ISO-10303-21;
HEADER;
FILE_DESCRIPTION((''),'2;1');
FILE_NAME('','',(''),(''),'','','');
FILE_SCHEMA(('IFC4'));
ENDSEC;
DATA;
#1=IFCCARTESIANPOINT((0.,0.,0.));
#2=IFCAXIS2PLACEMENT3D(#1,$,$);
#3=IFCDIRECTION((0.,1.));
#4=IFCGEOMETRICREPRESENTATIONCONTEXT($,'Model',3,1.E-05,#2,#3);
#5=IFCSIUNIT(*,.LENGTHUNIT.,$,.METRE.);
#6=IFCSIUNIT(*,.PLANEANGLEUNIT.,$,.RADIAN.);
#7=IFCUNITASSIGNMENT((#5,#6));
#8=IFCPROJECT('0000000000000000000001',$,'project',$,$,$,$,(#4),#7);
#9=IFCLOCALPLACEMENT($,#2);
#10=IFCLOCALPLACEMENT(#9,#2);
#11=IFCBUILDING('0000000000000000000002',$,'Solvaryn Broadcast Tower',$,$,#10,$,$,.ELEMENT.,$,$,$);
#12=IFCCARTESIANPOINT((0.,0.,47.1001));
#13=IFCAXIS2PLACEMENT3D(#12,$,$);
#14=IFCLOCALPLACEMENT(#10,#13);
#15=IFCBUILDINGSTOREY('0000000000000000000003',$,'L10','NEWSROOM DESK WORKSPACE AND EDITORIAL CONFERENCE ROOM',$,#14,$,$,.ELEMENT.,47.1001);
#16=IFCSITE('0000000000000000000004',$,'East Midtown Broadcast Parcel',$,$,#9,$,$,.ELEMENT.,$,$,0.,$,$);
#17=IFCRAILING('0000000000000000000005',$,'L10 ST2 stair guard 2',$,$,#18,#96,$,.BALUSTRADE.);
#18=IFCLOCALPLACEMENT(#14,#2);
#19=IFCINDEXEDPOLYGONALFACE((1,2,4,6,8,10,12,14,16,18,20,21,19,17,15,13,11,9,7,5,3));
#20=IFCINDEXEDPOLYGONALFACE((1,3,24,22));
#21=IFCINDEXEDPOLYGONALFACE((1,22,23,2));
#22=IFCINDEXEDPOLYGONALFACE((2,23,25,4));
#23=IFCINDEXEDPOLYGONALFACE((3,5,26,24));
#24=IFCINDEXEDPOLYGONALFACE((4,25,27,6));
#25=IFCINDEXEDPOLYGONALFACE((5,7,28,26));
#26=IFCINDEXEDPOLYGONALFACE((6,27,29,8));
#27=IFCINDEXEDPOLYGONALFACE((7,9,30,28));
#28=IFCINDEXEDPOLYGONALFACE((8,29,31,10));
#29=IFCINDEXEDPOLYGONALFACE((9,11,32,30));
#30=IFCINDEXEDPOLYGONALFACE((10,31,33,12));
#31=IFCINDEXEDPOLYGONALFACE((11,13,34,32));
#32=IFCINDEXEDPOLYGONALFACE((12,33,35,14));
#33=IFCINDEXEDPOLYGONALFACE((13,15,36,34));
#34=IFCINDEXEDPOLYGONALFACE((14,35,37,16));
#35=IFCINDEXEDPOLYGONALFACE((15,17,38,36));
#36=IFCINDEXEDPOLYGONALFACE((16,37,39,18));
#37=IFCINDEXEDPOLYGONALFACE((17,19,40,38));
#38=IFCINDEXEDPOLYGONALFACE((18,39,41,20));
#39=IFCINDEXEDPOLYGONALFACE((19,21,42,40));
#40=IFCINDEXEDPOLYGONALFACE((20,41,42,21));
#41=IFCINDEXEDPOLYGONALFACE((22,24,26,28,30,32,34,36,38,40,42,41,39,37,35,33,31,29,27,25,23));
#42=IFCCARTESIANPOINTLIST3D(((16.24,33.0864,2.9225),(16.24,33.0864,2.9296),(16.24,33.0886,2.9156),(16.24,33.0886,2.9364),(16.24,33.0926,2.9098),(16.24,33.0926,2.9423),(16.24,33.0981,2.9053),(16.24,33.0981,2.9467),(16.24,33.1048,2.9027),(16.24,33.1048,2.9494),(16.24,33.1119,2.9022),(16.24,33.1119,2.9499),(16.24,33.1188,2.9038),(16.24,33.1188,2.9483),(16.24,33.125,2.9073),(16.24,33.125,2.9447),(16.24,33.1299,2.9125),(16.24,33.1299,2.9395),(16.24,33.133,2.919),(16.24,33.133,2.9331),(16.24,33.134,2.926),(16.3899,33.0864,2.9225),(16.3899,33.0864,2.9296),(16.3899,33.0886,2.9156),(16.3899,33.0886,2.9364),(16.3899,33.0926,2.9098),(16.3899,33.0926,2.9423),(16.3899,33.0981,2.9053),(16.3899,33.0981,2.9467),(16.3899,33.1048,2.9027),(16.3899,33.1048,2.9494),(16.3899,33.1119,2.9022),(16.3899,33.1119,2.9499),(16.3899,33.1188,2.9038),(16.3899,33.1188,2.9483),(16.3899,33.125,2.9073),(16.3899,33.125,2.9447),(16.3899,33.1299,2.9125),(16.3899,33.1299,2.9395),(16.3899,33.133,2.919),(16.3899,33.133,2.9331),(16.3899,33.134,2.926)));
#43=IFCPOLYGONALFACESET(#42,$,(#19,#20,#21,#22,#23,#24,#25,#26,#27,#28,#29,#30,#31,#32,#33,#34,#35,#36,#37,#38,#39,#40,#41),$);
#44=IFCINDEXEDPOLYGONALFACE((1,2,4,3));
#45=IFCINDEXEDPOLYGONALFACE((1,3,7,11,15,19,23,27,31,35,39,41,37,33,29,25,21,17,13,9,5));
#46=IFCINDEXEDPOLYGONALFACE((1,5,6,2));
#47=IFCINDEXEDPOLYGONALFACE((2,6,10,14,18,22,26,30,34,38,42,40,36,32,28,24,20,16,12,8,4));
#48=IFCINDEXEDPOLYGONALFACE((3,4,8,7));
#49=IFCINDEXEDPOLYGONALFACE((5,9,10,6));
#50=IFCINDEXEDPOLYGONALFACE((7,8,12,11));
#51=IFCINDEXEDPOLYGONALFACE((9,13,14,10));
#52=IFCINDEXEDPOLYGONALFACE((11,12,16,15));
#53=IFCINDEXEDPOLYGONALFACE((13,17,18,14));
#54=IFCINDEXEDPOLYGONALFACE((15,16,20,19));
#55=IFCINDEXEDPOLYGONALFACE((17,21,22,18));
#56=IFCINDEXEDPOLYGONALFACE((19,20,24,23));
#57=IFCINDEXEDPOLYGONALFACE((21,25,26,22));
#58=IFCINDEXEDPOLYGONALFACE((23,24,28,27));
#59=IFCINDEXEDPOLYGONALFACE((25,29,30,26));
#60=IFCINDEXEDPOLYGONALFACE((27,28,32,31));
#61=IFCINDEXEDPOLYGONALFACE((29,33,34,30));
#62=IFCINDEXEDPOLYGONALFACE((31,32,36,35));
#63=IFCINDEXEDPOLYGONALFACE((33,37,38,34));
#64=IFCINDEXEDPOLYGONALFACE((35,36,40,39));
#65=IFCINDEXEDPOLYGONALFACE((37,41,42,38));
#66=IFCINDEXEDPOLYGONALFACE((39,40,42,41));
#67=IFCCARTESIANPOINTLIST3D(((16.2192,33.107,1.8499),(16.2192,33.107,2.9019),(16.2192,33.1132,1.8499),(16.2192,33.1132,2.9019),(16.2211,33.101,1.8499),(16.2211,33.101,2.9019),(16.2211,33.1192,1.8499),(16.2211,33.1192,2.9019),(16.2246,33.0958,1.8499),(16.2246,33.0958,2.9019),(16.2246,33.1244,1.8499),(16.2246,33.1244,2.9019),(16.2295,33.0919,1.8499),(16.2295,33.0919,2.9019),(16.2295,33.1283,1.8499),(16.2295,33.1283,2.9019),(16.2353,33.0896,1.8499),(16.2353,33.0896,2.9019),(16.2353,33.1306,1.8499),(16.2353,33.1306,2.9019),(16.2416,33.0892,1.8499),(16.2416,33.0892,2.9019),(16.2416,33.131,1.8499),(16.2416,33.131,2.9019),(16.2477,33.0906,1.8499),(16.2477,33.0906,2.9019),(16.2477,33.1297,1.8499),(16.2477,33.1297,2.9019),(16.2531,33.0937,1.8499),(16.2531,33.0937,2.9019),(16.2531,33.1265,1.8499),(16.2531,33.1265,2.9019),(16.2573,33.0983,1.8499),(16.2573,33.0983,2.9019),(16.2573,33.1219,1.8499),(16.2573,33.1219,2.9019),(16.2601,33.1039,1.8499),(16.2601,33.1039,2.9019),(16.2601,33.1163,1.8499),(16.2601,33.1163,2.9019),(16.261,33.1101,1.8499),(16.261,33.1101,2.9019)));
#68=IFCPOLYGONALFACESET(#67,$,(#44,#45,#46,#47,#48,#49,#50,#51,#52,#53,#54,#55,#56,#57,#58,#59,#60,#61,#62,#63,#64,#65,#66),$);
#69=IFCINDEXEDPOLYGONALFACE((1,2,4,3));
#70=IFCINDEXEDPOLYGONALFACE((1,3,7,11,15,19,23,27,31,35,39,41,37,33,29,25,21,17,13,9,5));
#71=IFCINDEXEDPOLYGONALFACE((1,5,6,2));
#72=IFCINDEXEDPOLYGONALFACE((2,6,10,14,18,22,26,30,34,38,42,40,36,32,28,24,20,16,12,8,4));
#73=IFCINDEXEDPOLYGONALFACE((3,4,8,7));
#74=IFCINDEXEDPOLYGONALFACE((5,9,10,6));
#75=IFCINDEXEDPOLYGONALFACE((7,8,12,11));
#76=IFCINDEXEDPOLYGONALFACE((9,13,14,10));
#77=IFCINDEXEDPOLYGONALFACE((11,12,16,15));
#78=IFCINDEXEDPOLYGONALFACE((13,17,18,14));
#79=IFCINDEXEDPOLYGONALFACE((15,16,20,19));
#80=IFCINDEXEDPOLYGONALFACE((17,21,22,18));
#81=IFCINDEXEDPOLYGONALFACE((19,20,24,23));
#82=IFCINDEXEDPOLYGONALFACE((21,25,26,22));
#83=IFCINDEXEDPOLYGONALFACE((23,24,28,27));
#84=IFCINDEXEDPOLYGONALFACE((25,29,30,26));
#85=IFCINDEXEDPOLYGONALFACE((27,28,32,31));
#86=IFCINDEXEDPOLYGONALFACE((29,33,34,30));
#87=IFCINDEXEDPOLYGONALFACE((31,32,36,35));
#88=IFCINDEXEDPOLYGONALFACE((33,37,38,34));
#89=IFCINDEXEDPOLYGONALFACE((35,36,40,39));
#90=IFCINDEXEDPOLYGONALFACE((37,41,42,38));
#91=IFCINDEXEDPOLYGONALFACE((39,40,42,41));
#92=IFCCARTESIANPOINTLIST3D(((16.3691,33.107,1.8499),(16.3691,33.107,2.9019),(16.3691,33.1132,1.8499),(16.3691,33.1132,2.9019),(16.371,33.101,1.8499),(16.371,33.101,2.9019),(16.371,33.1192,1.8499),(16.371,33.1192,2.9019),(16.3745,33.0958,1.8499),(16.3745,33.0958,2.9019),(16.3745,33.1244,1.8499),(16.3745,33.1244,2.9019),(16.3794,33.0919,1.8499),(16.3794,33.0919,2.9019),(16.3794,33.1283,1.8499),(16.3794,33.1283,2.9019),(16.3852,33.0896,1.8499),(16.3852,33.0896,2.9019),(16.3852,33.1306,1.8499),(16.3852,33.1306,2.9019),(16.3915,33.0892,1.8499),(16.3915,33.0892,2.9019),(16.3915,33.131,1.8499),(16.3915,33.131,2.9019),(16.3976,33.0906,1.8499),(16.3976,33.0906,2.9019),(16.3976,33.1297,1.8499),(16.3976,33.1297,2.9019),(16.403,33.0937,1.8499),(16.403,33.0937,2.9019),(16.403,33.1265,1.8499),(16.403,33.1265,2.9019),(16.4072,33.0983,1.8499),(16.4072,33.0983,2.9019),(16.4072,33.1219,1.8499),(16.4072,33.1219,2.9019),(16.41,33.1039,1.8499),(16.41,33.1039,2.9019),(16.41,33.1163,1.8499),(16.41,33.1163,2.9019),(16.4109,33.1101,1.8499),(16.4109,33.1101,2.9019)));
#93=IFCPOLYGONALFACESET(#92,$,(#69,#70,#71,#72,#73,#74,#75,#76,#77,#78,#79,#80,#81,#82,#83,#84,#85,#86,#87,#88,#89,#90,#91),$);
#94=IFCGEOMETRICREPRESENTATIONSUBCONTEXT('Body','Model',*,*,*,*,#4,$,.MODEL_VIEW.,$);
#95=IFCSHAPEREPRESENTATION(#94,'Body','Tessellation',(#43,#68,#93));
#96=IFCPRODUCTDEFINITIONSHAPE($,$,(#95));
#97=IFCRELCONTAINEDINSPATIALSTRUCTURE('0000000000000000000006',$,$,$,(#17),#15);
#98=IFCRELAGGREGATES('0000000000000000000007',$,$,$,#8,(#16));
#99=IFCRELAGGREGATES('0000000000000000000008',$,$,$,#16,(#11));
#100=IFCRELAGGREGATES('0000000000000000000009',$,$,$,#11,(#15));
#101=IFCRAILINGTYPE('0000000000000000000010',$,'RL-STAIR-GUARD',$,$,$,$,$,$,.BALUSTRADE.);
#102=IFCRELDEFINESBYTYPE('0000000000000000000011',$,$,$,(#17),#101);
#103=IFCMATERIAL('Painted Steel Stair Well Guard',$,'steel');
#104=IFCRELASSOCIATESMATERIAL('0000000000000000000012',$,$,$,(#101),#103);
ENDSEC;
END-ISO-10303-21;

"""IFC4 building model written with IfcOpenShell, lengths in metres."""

from ifc_helpers import new_model, si_unit, direction, frame, origin, origin_2d, place, context, subcontext, project, spatial, circle, extrude, material, type_object, element, save


model = new_model("IFC4")

# Units and contexts
model_context = context("Model", 3, precision=1e-05, world=origin(), true_north=direction((0.0, 1.0)))
body_context = subcontext(model_context, "Body", "Model", "MODEL_VIEW")
ifc_project = project(units=[si_unit("LENGTHUNIT", "METRE"), si_unit("PLANEANGLEUNIT", "RADIAN")], contexts=[model_context])

# Site, building, storey
site_placement = place(None, origin())
site = spatial("IfcSite", under=ifc_project, at=site_placement, Name="East Midtown Broadcast Parcel", CompositionType="ELEMENT", RefElevation=0.0)
building_placement = place(site_placement, origin())
building = spatial("IfcBuilding", under=site, at=building_placement, Name="Solvaryn Broadcast Tower", CompositionType="ELEMENT")
storey_placement = place(building_placement, frame((0.0, 0.0, 47.1001)))
storey = spatial("IfcBuildingStorey", under=building, at=storey_placement, Name="L10", Description="NEWSROOM DESK WORKSPACE AND EDITORIAL CONFERENCE ROOM", CompositionType="ELEMENT", Elevation=47.1001)

# Railing
ifc_material_1 = material(Name="Painted Steel Stair Well Guard", Category="steel")
railing_type_1 = type_object("IfcRailingType", Name="RL-STAIR-GUARD", PredefinedType="BALUSTRADE", material=ifc_material_1)
railing_1_placement = place(storey_placement, frame((16.24, 33.1101, 1.8499)))
element("IfcRailing", 1, at=railing_1_placement, inside=storey, type_object=railing_type_1, Name="L10 ST2 stair guard 2", PredefinedType="BALUSTRADE", context=body_context, shape_type="SweptSolid", body=[
    extrude(circle(Radius=0.0239, at=origin_2d()), frame((0.0, 0.0, 1.0762), z_axis=(1.0, 0.0, 0.0), x_axis=(0.0, 1.0, 0.0)), (0.0, 0.0, 1.0), 0.1499),
    extrude(circle(Radius=0.021, at=origin_2d()), origin(), (0.0, 0.0, 1.0), 1.052),
    extrude(circle(Radius=0.021, at=origin_2d()), frame((0.1499, 0.0, 0.0)), (0.0, 0.0, 1.0), 1.052),
])

save(model, "model.ifc")
